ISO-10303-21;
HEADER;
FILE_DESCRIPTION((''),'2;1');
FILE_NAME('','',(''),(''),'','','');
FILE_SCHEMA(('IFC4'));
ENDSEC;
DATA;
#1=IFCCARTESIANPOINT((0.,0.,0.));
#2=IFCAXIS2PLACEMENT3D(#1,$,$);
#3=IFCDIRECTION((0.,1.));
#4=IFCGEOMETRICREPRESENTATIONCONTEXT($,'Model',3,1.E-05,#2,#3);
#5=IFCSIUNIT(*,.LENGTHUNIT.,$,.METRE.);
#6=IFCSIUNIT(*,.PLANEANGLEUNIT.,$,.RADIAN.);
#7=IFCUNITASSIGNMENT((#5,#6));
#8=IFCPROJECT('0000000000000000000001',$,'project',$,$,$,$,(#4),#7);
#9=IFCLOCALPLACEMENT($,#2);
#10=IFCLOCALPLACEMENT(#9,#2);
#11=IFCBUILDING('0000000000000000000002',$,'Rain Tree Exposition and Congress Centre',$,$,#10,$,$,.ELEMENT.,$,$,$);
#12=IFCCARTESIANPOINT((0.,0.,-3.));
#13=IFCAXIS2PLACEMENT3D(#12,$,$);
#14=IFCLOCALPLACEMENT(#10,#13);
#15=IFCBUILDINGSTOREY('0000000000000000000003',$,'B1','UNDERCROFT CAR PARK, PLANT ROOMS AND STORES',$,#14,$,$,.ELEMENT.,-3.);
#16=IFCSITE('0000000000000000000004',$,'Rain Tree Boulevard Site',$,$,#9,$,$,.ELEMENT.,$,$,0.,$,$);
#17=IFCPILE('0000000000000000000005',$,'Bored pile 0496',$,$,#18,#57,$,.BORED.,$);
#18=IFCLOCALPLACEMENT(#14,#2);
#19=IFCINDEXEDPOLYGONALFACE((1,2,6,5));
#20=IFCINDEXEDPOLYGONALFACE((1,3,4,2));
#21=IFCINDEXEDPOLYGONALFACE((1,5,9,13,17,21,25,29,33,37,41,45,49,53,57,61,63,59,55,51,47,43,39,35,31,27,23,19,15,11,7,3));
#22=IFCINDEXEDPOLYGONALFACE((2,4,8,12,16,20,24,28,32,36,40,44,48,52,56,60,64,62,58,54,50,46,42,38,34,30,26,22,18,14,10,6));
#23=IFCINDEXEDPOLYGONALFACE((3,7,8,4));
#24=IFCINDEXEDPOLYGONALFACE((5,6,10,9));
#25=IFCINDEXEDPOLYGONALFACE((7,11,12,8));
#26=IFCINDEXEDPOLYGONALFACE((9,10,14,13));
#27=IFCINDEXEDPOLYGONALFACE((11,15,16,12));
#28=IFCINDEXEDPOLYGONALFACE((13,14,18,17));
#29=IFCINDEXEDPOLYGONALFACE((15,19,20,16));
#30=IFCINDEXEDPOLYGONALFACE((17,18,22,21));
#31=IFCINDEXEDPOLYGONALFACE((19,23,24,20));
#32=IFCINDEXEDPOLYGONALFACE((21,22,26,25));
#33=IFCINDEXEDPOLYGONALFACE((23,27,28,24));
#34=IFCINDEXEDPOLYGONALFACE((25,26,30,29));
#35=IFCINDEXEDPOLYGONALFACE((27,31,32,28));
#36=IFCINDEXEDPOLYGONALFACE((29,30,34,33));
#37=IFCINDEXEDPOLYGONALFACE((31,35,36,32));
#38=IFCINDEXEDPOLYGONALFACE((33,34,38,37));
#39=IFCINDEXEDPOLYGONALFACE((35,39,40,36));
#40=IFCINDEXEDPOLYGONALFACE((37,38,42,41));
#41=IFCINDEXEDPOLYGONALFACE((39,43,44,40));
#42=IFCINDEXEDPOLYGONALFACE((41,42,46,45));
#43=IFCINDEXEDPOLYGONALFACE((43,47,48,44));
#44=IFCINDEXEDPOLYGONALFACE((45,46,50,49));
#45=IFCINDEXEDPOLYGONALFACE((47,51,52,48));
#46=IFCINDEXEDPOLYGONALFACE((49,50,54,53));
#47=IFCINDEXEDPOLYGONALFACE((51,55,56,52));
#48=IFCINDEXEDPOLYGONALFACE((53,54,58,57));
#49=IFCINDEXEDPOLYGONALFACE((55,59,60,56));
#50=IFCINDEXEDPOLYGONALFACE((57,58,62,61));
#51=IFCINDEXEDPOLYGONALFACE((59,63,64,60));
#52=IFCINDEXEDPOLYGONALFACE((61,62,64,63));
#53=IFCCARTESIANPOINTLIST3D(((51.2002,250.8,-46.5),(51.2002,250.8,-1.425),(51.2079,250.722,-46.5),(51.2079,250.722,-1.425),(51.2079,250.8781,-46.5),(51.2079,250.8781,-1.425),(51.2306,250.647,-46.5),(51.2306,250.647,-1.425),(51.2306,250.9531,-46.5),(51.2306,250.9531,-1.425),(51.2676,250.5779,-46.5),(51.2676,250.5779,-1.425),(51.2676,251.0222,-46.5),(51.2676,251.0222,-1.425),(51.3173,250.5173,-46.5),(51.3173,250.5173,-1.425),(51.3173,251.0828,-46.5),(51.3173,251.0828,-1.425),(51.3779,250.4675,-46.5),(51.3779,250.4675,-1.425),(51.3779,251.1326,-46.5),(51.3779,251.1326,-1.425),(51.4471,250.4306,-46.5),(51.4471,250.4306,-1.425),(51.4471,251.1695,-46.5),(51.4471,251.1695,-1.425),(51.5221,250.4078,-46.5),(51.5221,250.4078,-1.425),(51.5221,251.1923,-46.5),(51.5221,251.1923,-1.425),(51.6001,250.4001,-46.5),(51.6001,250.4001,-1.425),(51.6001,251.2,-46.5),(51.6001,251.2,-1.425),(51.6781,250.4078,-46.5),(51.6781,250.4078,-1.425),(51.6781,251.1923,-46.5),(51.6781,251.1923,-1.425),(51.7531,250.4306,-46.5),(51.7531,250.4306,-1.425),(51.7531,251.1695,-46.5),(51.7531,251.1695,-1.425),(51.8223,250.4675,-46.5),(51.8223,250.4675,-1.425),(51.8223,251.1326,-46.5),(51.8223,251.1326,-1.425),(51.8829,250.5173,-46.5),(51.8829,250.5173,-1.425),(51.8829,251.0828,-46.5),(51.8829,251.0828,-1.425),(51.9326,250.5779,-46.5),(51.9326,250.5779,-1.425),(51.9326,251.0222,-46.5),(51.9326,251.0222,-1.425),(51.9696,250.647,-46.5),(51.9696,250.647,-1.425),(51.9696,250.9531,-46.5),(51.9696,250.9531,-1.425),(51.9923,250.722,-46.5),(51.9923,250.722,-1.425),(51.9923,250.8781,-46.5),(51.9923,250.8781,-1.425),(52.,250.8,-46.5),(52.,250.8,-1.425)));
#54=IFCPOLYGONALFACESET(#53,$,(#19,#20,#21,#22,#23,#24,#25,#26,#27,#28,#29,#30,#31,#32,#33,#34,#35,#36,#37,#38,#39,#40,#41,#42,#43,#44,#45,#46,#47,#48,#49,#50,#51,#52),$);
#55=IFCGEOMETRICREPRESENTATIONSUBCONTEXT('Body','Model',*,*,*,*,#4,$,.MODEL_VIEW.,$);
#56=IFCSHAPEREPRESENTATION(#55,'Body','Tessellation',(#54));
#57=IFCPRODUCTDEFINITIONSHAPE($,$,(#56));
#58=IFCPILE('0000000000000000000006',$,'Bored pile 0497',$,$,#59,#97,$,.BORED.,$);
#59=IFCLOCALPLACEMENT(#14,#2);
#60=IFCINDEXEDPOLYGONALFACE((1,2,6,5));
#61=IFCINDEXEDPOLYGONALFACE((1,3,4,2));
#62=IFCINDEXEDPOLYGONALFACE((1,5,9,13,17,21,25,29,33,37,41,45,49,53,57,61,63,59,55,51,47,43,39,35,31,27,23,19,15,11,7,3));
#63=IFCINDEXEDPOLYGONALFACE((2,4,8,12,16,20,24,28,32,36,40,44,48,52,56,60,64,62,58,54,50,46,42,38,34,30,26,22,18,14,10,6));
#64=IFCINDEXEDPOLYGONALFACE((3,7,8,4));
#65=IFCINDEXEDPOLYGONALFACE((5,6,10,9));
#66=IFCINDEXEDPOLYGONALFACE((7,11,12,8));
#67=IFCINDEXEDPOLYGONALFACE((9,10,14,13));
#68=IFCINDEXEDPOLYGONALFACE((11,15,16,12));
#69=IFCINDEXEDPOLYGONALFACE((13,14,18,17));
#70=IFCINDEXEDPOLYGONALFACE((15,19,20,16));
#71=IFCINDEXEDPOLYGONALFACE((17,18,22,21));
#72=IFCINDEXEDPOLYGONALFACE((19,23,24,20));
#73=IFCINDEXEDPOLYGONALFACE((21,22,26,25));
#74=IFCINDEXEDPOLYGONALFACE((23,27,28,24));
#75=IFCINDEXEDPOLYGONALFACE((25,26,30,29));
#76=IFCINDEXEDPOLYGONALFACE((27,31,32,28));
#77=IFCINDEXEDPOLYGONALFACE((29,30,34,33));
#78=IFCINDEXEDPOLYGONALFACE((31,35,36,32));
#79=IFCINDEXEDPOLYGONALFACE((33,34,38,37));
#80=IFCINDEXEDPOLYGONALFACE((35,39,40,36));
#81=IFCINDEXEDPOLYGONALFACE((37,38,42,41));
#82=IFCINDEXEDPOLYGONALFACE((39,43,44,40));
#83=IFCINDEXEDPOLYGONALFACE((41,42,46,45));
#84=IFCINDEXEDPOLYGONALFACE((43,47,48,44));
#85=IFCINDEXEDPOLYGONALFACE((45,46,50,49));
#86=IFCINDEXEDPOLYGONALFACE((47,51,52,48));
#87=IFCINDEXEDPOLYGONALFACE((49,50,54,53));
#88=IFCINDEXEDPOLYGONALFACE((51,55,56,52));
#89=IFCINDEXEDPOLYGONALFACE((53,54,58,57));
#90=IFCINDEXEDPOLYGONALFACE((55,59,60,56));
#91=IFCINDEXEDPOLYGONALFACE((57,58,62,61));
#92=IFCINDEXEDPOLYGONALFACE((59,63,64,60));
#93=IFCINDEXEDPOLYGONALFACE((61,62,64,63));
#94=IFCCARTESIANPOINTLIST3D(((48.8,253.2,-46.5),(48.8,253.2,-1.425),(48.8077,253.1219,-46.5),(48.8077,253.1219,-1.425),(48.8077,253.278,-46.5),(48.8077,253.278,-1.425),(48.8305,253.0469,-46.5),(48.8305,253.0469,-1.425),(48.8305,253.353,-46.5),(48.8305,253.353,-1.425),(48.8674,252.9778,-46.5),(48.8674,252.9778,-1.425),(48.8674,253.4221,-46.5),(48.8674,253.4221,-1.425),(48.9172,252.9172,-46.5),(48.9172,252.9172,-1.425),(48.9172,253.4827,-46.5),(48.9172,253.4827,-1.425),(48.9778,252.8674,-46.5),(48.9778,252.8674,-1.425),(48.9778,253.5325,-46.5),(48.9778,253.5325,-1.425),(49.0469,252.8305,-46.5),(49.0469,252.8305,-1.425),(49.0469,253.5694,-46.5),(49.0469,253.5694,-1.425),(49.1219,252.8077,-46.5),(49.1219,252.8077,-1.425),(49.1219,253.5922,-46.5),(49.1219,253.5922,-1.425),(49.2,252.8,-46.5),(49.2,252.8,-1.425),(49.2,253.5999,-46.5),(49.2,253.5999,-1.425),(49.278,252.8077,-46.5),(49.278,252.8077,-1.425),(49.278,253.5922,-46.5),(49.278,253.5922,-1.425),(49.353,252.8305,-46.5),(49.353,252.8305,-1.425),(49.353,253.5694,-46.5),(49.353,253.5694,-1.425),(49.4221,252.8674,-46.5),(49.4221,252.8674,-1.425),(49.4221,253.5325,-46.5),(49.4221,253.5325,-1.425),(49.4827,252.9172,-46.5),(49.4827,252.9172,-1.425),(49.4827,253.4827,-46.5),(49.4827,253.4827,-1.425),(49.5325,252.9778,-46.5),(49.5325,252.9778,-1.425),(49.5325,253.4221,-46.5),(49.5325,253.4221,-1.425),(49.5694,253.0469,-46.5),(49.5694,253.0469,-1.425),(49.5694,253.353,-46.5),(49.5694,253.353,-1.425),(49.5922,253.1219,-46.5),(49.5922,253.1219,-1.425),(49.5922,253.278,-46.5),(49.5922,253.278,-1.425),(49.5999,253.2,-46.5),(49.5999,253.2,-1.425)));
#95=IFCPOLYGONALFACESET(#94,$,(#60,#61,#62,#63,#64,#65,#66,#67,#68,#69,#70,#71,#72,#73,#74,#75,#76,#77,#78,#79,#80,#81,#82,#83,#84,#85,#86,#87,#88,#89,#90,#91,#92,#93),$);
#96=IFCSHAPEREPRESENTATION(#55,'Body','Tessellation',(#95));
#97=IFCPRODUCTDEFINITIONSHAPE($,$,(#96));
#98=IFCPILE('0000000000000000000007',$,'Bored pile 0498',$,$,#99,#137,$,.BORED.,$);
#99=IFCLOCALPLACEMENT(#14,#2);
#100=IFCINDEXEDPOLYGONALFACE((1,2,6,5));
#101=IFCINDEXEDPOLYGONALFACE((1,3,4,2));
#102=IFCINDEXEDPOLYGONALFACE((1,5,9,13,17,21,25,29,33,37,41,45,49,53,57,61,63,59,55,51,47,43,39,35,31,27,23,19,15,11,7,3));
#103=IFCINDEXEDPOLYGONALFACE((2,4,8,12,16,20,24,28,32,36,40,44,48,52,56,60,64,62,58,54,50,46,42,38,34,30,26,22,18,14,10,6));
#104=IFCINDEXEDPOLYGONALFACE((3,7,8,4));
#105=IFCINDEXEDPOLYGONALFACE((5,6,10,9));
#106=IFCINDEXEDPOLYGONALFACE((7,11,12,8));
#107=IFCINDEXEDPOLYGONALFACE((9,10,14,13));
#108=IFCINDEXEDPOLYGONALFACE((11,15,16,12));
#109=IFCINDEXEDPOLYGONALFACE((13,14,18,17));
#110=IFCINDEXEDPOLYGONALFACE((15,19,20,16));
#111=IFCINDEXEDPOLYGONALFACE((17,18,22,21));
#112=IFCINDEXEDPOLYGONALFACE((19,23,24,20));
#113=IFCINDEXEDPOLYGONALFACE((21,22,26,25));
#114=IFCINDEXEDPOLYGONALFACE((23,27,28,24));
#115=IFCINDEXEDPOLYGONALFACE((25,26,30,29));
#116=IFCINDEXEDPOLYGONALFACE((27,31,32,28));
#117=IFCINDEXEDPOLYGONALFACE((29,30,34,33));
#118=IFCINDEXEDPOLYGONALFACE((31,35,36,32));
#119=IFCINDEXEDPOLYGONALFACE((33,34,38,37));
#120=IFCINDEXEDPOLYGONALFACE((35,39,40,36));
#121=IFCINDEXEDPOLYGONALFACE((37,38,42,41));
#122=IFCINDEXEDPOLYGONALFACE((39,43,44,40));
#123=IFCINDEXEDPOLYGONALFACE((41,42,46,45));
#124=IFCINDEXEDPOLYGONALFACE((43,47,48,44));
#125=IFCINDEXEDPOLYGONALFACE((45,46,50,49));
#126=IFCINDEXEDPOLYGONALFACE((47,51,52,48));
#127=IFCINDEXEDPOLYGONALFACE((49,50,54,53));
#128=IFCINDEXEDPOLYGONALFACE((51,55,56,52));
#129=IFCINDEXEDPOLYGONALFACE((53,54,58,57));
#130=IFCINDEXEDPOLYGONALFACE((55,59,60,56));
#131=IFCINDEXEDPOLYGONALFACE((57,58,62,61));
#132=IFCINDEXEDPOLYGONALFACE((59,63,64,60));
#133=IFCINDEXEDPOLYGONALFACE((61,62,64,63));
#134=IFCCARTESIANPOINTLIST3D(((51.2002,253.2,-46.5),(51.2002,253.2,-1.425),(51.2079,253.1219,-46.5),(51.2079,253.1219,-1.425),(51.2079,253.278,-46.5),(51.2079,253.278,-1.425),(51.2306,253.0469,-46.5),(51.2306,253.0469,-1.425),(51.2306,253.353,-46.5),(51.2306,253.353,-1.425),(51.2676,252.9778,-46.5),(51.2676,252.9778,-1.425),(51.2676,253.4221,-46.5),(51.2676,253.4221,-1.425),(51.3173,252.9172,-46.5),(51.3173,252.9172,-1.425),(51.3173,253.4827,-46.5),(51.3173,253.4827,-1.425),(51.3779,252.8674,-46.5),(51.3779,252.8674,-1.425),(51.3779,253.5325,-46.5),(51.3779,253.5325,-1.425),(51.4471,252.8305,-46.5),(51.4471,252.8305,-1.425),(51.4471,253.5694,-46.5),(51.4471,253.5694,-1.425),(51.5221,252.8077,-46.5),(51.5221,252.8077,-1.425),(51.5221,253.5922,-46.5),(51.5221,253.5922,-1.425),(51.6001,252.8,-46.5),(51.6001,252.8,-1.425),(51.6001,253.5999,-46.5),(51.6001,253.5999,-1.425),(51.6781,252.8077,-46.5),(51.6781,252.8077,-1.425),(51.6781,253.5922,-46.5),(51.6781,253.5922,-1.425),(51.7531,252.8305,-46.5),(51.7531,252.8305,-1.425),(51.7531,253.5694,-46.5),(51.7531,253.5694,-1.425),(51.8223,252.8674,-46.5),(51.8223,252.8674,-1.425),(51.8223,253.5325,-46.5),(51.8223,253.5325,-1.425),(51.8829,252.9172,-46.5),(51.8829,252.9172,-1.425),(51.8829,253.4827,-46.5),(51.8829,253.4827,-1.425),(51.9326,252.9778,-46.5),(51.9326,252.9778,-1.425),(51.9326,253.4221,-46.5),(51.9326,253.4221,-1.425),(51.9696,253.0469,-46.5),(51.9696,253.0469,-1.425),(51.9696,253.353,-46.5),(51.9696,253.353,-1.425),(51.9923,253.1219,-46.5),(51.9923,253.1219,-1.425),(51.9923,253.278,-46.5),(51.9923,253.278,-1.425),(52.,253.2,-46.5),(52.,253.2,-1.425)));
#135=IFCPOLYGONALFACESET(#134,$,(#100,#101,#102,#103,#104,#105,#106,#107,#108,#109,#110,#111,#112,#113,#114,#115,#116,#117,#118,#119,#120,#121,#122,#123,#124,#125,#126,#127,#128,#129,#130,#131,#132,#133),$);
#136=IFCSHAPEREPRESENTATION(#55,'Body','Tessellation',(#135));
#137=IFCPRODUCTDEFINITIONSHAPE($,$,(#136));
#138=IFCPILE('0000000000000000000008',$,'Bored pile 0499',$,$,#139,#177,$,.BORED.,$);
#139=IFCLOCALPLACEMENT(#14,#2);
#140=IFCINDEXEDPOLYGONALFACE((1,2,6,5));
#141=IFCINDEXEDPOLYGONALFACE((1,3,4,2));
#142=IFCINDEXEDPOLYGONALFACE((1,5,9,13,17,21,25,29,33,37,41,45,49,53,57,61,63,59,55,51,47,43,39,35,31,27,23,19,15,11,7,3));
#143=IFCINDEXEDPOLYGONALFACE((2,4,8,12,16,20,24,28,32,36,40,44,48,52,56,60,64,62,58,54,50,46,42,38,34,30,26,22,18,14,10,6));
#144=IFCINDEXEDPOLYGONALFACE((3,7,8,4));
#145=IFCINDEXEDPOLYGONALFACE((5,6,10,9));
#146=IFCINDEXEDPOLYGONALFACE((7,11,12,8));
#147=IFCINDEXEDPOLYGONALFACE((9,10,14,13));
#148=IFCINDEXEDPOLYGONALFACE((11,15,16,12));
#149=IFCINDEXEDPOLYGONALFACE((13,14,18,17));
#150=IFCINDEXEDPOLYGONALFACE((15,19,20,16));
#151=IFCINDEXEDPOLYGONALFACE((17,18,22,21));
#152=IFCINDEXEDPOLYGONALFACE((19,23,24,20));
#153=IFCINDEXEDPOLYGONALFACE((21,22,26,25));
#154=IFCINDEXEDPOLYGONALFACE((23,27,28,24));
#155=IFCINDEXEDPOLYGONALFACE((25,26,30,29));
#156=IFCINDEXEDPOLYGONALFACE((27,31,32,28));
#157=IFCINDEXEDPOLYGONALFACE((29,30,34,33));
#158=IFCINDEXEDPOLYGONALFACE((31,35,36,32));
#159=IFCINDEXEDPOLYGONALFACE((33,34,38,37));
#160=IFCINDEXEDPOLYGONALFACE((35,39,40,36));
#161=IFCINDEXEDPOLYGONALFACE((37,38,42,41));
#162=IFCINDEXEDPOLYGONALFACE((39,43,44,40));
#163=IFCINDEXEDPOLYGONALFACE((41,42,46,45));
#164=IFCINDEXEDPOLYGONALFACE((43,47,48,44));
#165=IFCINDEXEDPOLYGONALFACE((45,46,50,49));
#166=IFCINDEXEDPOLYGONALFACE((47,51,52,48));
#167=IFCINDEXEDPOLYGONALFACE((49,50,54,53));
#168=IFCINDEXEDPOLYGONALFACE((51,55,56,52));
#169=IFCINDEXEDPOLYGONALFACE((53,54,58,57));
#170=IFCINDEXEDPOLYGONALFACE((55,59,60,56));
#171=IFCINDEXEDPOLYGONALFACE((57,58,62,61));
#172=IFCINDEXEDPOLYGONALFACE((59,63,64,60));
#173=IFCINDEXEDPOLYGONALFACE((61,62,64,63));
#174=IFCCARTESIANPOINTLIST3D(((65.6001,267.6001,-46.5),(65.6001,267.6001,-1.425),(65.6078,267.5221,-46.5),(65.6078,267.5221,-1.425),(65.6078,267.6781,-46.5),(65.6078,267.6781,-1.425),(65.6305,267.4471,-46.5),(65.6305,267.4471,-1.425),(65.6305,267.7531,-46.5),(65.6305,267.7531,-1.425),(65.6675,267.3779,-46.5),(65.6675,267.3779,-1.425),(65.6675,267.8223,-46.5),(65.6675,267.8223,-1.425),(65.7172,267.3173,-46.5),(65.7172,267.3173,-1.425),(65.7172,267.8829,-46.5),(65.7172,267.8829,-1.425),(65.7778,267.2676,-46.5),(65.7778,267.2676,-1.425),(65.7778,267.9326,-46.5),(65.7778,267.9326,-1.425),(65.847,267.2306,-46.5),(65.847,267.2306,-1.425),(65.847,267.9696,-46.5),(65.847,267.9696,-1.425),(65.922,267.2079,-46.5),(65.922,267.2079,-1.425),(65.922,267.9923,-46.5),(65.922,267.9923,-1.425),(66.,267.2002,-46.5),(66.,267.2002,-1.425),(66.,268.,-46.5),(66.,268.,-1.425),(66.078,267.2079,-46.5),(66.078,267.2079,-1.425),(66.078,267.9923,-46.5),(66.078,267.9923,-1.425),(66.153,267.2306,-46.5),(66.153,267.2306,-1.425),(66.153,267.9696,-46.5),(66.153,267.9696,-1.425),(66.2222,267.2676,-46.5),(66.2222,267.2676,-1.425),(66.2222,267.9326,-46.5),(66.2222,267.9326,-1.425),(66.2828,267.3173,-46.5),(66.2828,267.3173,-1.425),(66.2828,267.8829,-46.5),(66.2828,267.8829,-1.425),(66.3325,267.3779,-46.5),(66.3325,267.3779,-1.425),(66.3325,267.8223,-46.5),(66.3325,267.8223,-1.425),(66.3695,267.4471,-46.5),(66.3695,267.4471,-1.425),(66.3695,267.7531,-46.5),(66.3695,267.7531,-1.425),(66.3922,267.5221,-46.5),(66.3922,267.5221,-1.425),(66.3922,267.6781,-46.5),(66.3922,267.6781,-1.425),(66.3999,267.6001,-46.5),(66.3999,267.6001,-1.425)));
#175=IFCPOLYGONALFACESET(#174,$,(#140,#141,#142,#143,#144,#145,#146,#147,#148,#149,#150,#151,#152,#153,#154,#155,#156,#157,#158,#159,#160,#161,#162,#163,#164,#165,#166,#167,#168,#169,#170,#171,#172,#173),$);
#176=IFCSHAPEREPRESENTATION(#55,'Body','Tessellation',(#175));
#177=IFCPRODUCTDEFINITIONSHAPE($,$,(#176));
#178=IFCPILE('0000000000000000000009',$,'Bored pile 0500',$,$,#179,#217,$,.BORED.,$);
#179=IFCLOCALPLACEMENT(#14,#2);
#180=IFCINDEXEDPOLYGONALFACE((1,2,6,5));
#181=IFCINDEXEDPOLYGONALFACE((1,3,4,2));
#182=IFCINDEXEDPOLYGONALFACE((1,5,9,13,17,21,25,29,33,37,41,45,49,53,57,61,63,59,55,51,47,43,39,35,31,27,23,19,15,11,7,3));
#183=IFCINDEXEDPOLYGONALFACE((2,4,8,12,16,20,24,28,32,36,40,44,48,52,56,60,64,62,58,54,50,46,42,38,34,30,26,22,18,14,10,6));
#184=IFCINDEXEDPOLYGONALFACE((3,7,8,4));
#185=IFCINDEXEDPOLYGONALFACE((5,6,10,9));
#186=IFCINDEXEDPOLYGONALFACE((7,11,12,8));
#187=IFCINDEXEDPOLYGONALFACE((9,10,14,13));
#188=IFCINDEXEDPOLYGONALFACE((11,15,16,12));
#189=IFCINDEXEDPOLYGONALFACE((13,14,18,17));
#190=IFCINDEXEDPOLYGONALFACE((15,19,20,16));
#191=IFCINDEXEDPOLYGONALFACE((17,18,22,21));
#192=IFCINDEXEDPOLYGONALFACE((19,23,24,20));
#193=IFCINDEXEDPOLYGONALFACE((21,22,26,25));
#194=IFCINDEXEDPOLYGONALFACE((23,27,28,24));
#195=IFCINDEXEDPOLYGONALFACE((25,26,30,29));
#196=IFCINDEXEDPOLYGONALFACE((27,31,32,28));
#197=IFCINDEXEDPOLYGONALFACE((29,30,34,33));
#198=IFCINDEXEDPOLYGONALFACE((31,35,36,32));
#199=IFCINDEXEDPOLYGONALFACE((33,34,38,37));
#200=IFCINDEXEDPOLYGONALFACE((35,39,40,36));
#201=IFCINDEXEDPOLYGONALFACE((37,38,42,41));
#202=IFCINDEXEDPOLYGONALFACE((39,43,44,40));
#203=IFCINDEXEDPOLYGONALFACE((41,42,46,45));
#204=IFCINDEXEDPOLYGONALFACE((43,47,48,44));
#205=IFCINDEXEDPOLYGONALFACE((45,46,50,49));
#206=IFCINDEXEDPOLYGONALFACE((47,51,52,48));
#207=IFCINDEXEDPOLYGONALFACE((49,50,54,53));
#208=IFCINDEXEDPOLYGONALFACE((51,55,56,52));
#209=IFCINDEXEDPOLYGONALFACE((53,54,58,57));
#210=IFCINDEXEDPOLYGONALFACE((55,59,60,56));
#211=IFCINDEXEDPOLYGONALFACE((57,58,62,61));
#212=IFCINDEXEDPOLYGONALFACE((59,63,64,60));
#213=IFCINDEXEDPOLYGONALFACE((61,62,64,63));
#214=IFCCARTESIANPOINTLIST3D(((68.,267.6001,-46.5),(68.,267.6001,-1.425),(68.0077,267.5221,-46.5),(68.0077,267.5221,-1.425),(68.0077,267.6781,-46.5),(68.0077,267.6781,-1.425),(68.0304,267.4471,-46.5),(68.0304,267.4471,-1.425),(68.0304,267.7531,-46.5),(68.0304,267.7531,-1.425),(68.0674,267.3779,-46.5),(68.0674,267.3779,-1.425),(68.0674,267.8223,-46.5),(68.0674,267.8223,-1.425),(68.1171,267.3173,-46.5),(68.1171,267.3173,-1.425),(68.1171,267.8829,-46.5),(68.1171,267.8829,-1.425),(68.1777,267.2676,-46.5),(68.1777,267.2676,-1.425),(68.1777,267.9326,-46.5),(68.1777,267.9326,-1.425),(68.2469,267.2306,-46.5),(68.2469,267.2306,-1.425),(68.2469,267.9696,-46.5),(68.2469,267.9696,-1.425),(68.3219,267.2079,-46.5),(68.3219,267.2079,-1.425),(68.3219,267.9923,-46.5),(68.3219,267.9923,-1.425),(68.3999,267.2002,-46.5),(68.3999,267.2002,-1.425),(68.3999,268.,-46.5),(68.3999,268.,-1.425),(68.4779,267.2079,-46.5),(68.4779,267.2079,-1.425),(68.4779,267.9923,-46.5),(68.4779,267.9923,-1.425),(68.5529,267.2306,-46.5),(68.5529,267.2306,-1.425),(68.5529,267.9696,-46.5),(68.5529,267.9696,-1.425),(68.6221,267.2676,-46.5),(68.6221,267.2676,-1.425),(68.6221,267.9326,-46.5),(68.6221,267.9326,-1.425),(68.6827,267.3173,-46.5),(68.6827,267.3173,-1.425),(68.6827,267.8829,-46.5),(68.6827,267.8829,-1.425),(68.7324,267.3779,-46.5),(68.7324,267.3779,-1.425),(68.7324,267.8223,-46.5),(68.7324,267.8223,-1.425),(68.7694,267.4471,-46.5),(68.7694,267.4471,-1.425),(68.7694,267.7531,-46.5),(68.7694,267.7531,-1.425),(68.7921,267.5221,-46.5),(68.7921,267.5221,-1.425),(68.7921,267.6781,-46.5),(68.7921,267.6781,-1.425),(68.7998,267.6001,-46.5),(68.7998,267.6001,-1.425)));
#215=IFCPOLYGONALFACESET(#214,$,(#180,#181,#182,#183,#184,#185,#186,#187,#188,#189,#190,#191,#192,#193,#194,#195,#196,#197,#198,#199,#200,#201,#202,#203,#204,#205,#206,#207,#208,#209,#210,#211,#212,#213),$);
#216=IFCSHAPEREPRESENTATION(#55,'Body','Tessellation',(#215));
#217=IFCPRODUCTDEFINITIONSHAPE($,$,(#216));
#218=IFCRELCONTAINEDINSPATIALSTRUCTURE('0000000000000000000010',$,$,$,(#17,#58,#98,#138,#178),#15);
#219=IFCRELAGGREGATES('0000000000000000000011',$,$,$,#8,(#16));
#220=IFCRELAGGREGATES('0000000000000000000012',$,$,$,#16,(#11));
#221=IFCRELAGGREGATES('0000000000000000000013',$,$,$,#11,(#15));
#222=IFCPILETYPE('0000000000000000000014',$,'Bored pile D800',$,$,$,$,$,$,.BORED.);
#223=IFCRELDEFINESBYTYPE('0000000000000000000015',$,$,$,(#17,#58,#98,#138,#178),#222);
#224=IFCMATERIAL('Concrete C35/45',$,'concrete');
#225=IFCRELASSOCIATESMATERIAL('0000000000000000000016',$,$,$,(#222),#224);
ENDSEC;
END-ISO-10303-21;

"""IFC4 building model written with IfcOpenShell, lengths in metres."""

from ifc_helpers import new_model, si_unit, direction, frame, origin, origin_2d, place, context, subcontext, project, spatial, circle, extrude, material, material_profile, profile_set, type_object, element, save


model = new_model("IFC4")

# Units and contexts
model_context = context("Model", 3, precision=1e-05, world=origin(), true_north=direction((0.0, 1.0)))
body_context = subcontext(model_context, "Body", "Model", "MODEL_VIEW")
ifc_project = project(units=[si_unit("LENGTHUNIT", "METRE"), si_unit("PLANEANGLEUNIT", "RADIAN")], contexts=[model_context])

# Site, building, storey
site_placement = place(None, origin())
site = spatial("IfcSite", under=ifc_project, at=site_placement, Name="Rain Tree Boulevard Site", CompositionType="ELEMENT", RefElevation=0.0)
building_placement = place(site_placement, origin())
building = spatial("IfcBuilding", under=site, at=building_placement, Name="Rain Tree Exposition and Congress Centre", CompositionType="ELEMENT")
storey_placement = place(building_placement, frame((0.0, 0.0, -3.0)))
storey = spatial("IfcBuildingStorey", under=building, at=storey_placement, Name="B1", Description="UNDERCROFT CAR PARK, PLANT ROOMS AND STORES", CompositionType="ELEMENT", Elevation=-3.0)

# Piles
ifc_material_1 = material(Name="Concrete C35/45", Category="concrete")
ifc_material_profile_1 = material_profile(ifc_material_1, circle(Radius=0.3999, at=origin_2d()), Name="D800")
ifc_profile_set_1 = profile_set([ifc_material_profile_1], Name="Concrete C35/45")
pile_type_1 = type_object("IfcPileType", Name="Bored pile D800", PredefinedType="BORED", material=ifc_profile_set_1)
for number, where, z_axis, x_axis, name in (
    (1, (51.6001, 250.8, -1.425), (0.0, 0.0, -1.0), (1.0, 0.0, 0.0), "Bored pile 0496"),
    (2, (49.2, 253.2, -1.425), (0.0, 0.0, -1.0), (1.0, 0.0, 0.0), "Bored pile 0497"),
    (3, (51.6001, 253.2, -1.425), (0.0, 0.0, -1.0), (1.0, 0.0, 0.0), "Bored pile 0498"),
    (4, (66.0, 267.6001, -1.425), (0.0, 0.0, -1.0), (1.0, 0.0, 0.0), "Bored pile 0499"),
    (5, (68.3999, 267.6001, -1.425), (0.0, 0.0, -1.0), (1.0, 0.0, 0.0), "Bored pile 0500"),
):
    element("IfcPile", number, at=place(storey_placement, frame(where, z_axis=z_axis, x_axis=x_axis)), inside=storey, type_object=pile_type_1, Name=name, PredefinedType="BORED", context=body_context, shape_type="SweptSolid", body=[
        extrude(circle(Radius=0.3999, at=origin_2d()), origin(), (0.0, 0.0, 1.0), 45.075),
    ])

save(model, "model.ifc")
